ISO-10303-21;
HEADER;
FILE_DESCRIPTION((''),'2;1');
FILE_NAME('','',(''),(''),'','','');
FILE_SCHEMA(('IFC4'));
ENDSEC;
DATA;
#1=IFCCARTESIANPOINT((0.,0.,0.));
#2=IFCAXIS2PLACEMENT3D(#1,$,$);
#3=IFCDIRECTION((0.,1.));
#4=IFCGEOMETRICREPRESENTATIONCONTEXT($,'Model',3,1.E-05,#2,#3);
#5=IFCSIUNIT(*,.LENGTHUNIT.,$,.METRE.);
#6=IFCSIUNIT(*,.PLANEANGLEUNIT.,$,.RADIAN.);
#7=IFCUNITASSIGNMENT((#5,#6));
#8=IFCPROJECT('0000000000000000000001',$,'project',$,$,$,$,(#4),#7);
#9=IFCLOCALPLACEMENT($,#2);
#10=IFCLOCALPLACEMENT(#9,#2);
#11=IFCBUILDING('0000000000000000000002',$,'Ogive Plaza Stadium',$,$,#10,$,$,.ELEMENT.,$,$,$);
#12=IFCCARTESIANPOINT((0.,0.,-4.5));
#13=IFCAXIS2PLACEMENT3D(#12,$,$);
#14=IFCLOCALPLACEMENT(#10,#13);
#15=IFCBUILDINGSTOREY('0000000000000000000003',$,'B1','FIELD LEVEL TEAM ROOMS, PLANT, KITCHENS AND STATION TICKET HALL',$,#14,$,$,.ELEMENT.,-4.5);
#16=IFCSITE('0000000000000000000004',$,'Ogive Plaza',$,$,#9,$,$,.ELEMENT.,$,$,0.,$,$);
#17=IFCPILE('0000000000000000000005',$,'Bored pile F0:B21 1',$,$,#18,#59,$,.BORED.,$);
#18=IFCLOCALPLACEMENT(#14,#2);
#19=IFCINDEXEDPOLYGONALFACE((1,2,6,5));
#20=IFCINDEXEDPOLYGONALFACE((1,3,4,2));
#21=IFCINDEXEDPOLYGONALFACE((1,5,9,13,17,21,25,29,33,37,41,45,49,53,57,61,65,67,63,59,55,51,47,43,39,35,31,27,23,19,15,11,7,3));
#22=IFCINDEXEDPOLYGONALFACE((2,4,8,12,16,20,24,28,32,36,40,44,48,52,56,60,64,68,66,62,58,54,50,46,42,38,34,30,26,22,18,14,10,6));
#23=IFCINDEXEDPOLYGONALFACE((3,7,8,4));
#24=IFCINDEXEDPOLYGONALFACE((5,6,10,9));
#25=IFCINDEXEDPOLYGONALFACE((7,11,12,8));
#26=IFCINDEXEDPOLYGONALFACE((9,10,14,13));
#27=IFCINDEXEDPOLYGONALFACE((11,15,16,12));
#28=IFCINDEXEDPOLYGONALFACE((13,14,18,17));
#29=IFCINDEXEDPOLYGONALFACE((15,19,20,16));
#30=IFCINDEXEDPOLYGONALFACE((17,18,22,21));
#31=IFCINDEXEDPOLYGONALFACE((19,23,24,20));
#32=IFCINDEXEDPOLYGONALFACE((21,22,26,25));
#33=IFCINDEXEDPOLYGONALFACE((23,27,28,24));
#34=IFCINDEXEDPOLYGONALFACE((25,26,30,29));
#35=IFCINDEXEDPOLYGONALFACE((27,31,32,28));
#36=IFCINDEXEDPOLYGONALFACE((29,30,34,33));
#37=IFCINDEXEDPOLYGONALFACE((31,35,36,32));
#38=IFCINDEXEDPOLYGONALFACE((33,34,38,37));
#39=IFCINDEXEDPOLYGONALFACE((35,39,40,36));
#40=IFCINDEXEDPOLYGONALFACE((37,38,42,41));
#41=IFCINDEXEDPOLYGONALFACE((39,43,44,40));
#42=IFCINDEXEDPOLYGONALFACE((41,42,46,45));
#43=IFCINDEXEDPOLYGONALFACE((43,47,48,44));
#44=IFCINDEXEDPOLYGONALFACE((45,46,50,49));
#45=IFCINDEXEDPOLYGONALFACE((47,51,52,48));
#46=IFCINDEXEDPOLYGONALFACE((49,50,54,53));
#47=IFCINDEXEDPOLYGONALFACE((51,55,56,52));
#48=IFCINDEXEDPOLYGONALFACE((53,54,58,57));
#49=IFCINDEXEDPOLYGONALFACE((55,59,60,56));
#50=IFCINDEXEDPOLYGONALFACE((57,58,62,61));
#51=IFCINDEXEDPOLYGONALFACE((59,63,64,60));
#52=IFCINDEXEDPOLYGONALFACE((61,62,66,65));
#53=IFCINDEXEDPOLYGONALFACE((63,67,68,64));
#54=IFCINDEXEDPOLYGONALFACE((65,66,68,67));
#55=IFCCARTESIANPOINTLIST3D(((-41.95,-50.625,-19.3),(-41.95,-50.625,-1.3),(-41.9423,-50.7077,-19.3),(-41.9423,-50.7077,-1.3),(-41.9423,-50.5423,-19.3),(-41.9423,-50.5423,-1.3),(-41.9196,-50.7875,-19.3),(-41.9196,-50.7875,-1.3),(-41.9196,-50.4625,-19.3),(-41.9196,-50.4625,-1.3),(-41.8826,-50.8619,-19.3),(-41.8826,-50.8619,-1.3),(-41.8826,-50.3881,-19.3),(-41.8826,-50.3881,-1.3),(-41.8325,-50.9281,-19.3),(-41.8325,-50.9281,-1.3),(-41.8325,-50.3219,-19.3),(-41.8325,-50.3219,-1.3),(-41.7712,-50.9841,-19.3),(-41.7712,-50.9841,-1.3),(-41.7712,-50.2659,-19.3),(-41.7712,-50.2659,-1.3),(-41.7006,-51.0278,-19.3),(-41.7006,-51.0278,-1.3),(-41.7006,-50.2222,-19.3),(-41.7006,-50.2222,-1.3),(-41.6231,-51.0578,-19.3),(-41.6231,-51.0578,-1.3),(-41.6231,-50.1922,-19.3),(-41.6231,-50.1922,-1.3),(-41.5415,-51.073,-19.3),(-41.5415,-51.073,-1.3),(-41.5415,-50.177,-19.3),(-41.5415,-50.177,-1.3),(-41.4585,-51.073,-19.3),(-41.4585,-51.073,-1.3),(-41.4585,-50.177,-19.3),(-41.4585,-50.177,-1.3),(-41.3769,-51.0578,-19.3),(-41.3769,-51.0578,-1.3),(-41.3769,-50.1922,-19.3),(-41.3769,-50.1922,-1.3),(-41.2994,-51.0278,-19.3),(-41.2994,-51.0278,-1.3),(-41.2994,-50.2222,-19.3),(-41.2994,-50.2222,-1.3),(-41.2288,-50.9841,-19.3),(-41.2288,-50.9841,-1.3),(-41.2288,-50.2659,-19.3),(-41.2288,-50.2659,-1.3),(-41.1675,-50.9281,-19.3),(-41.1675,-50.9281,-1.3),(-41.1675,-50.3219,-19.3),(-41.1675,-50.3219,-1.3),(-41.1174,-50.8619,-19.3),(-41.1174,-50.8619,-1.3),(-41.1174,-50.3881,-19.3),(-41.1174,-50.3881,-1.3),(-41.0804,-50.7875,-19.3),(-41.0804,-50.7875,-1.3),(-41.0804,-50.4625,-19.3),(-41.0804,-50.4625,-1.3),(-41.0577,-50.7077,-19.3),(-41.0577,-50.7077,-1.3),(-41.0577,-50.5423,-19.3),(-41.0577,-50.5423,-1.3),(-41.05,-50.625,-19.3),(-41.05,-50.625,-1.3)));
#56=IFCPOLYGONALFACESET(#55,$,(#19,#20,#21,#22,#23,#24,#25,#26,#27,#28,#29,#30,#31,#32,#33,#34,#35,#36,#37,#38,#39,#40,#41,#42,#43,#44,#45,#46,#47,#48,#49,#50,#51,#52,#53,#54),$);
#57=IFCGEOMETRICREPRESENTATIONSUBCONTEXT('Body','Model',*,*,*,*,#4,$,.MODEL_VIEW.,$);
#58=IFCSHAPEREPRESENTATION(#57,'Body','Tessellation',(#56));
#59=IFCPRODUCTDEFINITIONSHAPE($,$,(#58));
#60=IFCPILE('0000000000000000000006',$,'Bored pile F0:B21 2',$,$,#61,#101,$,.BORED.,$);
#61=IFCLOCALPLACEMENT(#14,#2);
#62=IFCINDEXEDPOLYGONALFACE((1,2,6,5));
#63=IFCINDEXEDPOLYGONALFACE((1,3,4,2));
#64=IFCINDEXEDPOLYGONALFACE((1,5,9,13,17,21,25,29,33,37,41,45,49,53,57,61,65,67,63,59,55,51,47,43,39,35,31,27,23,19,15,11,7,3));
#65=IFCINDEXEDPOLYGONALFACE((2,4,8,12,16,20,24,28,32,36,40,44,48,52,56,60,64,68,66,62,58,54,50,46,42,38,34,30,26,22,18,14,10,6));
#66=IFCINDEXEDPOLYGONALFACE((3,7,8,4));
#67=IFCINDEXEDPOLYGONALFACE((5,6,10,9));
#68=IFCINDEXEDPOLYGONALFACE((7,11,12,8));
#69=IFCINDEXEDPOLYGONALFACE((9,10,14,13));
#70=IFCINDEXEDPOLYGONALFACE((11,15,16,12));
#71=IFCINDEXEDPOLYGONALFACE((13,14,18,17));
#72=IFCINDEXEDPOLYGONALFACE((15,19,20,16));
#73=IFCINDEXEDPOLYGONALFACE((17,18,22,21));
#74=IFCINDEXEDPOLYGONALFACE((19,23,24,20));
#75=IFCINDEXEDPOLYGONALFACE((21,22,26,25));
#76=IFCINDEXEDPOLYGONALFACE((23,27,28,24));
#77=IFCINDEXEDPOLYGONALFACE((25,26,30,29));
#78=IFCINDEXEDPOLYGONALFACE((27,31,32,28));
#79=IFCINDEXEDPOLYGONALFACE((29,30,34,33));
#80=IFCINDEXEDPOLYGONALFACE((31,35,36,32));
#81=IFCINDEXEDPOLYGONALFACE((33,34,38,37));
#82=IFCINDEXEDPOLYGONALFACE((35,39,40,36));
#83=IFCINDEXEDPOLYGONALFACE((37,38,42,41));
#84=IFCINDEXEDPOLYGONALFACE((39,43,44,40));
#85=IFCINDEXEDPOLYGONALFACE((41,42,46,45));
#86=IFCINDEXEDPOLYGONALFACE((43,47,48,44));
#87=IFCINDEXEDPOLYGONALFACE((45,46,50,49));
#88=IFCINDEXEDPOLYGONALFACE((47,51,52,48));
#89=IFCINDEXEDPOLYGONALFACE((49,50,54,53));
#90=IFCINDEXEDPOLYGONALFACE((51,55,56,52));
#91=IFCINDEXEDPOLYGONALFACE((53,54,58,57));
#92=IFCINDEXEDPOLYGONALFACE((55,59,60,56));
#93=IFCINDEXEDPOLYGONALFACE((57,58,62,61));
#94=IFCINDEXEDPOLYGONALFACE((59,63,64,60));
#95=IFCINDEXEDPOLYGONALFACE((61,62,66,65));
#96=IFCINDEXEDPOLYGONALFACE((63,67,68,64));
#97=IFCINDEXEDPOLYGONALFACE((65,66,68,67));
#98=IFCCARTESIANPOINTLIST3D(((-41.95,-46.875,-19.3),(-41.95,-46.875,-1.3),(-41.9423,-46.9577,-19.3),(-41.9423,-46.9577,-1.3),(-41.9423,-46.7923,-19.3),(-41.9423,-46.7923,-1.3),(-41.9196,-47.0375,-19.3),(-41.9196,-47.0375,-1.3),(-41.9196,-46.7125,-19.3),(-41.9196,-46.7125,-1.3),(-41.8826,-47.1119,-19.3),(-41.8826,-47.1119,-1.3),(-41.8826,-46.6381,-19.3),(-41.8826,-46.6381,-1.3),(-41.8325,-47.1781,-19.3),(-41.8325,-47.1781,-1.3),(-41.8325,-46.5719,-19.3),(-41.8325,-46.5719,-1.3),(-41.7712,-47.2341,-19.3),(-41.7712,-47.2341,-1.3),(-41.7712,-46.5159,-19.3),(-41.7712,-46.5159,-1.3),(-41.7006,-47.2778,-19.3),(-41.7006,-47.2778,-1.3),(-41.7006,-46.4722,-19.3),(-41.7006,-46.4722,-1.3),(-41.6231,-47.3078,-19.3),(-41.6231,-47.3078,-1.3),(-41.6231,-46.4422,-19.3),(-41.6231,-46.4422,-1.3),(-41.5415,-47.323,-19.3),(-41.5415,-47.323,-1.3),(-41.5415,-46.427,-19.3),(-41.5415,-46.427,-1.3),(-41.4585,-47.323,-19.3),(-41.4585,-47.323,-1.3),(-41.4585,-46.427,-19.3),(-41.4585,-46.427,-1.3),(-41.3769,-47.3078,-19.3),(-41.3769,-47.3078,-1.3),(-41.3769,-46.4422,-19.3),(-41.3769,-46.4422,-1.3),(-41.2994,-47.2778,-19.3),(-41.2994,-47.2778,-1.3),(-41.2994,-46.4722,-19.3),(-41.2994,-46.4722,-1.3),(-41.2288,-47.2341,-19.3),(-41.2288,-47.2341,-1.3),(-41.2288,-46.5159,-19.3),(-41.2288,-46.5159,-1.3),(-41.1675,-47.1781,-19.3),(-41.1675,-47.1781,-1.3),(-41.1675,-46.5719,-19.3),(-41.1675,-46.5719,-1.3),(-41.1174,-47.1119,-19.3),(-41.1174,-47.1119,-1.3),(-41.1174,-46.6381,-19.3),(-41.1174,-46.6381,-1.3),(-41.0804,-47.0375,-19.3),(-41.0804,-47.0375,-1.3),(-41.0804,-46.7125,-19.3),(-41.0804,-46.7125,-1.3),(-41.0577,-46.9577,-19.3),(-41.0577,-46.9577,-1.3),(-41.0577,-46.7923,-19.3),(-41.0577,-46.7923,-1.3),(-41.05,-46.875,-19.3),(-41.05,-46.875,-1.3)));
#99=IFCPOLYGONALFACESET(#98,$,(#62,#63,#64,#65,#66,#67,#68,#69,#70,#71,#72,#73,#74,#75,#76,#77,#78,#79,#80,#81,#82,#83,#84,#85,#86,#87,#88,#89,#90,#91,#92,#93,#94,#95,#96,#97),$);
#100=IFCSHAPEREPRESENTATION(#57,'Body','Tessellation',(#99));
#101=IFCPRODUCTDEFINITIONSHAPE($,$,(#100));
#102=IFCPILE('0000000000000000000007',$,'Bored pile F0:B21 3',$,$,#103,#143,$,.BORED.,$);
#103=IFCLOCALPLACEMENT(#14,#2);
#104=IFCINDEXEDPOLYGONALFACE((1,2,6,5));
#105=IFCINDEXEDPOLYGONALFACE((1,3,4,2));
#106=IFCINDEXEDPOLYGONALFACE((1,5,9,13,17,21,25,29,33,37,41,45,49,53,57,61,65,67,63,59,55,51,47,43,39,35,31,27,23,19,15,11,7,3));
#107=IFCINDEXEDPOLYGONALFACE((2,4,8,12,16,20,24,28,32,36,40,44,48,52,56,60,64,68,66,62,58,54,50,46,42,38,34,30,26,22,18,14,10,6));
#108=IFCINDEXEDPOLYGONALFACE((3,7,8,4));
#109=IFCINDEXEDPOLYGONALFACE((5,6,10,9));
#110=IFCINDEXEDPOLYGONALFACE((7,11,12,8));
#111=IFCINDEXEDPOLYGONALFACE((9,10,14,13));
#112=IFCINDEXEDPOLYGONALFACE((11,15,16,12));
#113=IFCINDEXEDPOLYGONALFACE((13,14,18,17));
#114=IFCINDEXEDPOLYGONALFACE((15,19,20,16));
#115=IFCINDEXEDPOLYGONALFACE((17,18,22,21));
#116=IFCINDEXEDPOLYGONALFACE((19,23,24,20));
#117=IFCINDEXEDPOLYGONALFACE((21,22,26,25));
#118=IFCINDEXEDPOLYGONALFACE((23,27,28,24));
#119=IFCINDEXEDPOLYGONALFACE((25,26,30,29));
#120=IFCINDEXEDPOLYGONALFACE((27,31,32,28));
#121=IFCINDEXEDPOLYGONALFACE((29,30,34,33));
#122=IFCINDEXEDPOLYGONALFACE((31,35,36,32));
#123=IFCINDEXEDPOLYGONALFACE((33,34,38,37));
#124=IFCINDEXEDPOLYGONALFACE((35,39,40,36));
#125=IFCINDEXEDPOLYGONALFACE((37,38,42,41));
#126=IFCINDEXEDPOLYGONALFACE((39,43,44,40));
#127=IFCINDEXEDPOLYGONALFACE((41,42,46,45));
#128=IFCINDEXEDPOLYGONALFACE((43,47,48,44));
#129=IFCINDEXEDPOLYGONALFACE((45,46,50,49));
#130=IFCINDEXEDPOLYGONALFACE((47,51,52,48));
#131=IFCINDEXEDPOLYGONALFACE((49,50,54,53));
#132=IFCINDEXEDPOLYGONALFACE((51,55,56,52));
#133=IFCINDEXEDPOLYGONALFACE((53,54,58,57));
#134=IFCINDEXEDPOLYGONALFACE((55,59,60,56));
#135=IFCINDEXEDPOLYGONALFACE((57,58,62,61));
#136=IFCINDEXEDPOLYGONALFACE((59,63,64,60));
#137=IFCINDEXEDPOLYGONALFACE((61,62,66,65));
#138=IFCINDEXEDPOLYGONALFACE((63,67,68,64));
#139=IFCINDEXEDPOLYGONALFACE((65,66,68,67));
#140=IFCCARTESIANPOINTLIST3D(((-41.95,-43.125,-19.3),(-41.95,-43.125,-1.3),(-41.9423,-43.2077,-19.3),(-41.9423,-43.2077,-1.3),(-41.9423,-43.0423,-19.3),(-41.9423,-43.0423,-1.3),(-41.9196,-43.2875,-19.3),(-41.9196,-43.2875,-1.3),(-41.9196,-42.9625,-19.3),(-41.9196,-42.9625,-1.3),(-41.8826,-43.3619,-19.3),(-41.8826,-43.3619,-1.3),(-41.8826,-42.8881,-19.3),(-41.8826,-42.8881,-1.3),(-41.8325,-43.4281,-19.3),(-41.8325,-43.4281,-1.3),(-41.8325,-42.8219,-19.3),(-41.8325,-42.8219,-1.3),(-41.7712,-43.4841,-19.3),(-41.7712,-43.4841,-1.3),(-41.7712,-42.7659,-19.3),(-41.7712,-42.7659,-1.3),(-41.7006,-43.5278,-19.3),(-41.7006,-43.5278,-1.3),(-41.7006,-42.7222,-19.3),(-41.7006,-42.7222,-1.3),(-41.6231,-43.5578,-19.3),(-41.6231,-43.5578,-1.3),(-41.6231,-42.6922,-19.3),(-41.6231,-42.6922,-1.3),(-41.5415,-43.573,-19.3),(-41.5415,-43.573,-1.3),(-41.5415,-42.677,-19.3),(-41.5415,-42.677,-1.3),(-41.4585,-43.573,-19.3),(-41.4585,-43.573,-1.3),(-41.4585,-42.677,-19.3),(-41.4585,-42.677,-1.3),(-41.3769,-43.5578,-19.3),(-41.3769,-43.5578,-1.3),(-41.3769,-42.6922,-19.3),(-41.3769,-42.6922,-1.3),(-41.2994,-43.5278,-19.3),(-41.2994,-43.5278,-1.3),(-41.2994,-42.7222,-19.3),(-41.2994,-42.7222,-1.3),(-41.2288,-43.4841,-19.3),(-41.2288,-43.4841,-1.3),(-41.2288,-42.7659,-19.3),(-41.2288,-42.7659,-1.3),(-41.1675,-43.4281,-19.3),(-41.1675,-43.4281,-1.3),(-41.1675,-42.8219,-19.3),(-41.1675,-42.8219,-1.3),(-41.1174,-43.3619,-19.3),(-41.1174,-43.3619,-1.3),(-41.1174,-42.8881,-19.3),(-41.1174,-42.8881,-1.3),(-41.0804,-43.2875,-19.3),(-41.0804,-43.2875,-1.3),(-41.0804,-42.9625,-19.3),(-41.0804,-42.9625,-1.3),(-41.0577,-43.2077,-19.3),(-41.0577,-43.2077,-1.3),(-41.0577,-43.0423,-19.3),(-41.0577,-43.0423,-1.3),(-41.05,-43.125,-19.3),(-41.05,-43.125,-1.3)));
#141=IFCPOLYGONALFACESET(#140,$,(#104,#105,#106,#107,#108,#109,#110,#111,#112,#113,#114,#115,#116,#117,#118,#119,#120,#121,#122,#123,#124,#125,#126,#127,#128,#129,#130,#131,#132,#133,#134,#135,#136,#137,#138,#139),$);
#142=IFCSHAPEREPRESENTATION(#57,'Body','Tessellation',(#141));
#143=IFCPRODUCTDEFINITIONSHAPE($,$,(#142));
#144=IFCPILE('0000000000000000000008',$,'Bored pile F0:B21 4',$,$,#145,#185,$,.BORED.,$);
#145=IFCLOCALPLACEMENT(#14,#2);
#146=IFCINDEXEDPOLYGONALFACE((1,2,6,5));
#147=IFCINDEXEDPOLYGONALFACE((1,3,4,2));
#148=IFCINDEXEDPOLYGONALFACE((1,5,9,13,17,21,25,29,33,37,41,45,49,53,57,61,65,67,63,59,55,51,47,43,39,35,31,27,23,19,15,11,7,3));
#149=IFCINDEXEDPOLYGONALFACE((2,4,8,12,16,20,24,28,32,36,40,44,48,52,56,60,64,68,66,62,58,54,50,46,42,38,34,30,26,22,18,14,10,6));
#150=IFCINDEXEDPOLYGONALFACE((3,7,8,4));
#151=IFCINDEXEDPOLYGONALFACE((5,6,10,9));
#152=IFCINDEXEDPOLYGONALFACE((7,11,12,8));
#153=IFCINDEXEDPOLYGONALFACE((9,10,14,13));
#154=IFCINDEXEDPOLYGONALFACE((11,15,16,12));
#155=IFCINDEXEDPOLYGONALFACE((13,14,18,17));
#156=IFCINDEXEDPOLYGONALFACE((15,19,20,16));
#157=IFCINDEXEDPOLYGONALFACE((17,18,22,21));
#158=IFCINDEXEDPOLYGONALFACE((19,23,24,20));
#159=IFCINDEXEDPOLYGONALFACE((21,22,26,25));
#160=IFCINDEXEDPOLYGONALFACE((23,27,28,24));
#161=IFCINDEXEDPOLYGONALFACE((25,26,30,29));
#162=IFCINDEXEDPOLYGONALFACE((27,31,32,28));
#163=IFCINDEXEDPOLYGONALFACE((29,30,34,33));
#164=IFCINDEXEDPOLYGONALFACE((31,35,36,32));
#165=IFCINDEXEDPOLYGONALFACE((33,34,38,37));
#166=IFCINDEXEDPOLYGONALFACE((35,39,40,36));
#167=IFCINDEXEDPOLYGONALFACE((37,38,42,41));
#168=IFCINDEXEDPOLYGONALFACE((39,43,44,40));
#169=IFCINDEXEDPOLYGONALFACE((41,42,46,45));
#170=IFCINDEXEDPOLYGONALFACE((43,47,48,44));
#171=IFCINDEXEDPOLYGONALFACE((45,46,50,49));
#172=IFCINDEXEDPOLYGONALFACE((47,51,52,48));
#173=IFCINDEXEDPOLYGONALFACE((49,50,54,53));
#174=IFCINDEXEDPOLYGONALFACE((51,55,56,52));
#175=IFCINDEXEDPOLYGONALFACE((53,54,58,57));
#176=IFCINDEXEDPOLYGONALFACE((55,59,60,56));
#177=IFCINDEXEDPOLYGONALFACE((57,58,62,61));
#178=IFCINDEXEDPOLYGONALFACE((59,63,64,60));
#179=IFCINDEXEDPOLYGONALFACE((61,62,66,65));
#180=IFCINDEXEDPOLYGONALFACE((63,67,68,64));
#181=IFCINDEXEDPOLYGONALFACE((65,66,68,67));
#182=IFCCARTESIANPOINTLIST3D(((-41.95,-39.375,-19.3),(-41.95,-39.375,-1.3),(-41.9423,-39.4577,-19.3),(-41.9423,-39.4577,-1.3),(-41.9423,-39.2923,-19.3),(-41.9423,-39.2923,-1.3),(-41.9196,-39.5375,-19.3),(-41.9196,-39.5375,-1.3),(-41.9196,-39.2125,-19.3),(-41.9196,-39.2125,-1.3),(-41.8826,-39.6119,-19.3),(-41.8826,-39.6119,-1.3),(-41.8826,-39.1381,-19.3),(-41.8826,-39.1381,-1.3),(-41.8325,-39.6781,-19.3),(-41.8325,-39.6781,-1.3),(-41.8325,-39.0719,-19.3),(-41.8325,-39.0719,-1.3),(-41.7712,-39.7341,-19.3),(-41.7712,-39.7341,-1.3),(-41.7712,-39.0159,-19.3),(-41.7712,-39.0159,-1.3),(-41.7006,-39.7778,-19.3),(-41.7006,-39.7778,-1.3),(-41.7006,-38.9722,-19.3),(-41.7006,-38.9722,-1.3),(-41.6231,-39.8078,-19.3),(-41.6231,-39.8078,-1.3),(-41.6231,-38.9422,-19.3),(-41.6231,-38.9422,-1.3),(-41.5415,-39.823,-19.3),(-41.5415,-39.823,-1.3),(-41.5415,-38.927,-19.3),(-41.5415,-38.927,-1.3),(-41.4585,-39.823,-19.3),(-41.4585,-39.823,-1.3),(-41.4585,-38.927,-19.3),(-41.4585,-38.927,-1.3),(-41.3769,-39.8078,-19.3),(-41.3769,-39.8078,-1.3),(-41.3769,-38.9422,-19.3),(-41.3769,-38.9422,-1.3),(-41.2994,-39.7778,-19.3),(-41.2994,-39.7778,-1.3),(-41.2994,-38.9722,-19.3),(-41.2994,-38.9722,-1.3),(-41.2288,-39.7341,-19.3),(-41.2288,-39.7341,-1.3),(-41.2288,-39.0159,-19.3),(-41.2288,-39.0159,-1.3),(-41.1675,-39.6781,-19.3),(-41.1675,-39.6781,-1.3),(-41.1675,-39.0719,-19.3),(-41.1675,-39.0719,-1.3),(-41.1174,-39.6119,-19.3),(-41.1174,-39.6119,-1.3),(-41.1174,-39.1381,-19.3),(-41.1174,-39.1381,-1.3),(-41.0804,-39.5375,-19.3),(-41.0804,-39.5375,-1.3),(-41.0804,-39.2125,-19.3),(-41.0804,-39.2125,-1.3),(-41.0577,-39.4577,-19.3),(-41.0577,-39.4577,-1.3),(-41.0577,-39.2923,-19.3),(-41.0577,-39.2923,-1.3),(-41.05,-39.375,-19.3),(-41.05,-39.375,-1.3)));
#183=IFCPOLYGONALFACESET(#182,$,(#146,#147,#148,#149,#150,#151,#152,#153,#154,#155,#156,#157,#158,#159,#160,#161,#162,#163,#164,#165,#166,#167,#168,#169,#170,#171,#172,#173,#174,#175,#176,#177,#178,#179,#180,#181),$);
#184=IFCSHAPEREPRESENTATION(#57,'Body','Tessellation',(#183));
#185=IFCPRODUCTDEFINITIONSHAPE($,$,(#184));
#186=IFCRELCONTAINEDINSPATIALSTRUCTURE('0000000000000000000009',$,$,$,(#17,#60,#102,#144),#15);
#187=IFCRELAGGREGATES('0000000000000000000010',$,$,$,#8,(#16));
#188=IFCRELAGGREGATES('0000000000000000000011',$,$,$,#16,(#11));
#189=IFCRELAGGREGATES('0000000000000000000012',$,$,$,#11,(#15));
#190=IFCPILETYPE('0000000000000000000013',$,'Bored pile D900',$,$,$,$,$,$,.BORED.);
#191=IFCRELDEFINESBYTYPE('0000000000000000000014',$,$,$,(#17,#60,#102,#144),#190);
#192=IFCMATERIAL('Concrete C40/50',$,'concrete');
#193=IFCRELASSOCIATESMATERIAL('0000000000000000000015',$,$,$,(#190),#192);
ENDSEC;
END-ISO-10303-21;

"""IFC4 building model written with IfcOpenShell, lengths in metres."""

from ifc_helpers import new_model, si_unit, direction, frame, origin, origin_2d, place, context, subcontext, project, spatial, circle, extrude, material, material_profile, profile_set, type_object, element, save


model = new_model("IFC4")

# Units and contexts
model_context = context("Model", 3, precision=1e-05, world=origin(), true_north=direction((0.0, 1.0)))
body_context = subcontext(model_context, "Body", "Model", "MODEL_VIEW")
ifc_project = project(units=[si_unit("LENGTHUNIT", "METRE"), si_unit("PLANEANGLEUNIT", "RADIAN")], contexts=[model_context])

# Site, building, storey
site_placement = place(None, origin())
site = spatial("IfcSite", under=ifc_project, at=site_placement, Name="Ogive Plaza", CompositionType="ELEMENT", RefElevation=0.0)
building_placement = place(site_placement, origin())
building = spatial("IfcBuilding", under=site, at=building_placement, Name="Ogive Plaza Stadium", CompositionType="ELEMENT")
storey_placement = place(building_placement, frame((0.0, 0.0, -4.5)))
storey = spatial("IfcBuildingStorey", under=building, at=storey_placement, Name="B1", Description="FIELD LEVEL TEAM ROOMS, PLANT, KITCHENS AND STATION TICKET HALL", CompositionType="ELEMENT", Elevation=-4.5)

# Piles
ifc_material_1 = material(Name="Concrete C40/50", Category="concrete")
ifc_material_profile_1 = material_profile(ifc_material_1, circle(Radius=0.45, at=origin_2d()), Name="RC D900")
ifc_profile_set_1 = profile_set([ifc_material_profile_1], Name="Concrete C40/50")
pile_type = type_object("IfcPileType", Name="Bored pile D900", PredefinedType="BORED", material=ifc_profile_set_1)
for number, where, z_axis, x_axis, name in (
    (1, (-41.5, -50.625, -1.3), (0.0, 0.0, -1.0), (1.0, 0.0, 0.0), "Bored pile F0:B21 1"),
    (2, (-41.5, -46.875, -1.3), (0.0, 0.0, -1.0), (1.0, 0.0, 0.0), "Bored pile F0:B21 2"),
    (3, (-41.5, -43.125, -1.3), (0.0, 0.0, -1.0), (1.0, 0.0, 0.0), "Bored pile F0:B21 3"),
    (4, (-41.5, -39.375, -1.3), (0.0, 0.0, -1.0), (1.0, 0.0, 0.0), "Bored pile F0:B21 4"),
):
    element("IfcPile", number, at=place(storey_placement, frame(where, z_axis=z_axis, x_axis=x_axis)), inside=storey, type_object=pile_type, Name=name, PredefinedType="BORED", context=body_context, shape_type="SweptSolid", body=[
        extrude(circle(Radius=0.45, at=origin_2d()), origin(), (0.0, 0.0, 1.0), 18.0),
    ])

save(model, "model.ifc")
